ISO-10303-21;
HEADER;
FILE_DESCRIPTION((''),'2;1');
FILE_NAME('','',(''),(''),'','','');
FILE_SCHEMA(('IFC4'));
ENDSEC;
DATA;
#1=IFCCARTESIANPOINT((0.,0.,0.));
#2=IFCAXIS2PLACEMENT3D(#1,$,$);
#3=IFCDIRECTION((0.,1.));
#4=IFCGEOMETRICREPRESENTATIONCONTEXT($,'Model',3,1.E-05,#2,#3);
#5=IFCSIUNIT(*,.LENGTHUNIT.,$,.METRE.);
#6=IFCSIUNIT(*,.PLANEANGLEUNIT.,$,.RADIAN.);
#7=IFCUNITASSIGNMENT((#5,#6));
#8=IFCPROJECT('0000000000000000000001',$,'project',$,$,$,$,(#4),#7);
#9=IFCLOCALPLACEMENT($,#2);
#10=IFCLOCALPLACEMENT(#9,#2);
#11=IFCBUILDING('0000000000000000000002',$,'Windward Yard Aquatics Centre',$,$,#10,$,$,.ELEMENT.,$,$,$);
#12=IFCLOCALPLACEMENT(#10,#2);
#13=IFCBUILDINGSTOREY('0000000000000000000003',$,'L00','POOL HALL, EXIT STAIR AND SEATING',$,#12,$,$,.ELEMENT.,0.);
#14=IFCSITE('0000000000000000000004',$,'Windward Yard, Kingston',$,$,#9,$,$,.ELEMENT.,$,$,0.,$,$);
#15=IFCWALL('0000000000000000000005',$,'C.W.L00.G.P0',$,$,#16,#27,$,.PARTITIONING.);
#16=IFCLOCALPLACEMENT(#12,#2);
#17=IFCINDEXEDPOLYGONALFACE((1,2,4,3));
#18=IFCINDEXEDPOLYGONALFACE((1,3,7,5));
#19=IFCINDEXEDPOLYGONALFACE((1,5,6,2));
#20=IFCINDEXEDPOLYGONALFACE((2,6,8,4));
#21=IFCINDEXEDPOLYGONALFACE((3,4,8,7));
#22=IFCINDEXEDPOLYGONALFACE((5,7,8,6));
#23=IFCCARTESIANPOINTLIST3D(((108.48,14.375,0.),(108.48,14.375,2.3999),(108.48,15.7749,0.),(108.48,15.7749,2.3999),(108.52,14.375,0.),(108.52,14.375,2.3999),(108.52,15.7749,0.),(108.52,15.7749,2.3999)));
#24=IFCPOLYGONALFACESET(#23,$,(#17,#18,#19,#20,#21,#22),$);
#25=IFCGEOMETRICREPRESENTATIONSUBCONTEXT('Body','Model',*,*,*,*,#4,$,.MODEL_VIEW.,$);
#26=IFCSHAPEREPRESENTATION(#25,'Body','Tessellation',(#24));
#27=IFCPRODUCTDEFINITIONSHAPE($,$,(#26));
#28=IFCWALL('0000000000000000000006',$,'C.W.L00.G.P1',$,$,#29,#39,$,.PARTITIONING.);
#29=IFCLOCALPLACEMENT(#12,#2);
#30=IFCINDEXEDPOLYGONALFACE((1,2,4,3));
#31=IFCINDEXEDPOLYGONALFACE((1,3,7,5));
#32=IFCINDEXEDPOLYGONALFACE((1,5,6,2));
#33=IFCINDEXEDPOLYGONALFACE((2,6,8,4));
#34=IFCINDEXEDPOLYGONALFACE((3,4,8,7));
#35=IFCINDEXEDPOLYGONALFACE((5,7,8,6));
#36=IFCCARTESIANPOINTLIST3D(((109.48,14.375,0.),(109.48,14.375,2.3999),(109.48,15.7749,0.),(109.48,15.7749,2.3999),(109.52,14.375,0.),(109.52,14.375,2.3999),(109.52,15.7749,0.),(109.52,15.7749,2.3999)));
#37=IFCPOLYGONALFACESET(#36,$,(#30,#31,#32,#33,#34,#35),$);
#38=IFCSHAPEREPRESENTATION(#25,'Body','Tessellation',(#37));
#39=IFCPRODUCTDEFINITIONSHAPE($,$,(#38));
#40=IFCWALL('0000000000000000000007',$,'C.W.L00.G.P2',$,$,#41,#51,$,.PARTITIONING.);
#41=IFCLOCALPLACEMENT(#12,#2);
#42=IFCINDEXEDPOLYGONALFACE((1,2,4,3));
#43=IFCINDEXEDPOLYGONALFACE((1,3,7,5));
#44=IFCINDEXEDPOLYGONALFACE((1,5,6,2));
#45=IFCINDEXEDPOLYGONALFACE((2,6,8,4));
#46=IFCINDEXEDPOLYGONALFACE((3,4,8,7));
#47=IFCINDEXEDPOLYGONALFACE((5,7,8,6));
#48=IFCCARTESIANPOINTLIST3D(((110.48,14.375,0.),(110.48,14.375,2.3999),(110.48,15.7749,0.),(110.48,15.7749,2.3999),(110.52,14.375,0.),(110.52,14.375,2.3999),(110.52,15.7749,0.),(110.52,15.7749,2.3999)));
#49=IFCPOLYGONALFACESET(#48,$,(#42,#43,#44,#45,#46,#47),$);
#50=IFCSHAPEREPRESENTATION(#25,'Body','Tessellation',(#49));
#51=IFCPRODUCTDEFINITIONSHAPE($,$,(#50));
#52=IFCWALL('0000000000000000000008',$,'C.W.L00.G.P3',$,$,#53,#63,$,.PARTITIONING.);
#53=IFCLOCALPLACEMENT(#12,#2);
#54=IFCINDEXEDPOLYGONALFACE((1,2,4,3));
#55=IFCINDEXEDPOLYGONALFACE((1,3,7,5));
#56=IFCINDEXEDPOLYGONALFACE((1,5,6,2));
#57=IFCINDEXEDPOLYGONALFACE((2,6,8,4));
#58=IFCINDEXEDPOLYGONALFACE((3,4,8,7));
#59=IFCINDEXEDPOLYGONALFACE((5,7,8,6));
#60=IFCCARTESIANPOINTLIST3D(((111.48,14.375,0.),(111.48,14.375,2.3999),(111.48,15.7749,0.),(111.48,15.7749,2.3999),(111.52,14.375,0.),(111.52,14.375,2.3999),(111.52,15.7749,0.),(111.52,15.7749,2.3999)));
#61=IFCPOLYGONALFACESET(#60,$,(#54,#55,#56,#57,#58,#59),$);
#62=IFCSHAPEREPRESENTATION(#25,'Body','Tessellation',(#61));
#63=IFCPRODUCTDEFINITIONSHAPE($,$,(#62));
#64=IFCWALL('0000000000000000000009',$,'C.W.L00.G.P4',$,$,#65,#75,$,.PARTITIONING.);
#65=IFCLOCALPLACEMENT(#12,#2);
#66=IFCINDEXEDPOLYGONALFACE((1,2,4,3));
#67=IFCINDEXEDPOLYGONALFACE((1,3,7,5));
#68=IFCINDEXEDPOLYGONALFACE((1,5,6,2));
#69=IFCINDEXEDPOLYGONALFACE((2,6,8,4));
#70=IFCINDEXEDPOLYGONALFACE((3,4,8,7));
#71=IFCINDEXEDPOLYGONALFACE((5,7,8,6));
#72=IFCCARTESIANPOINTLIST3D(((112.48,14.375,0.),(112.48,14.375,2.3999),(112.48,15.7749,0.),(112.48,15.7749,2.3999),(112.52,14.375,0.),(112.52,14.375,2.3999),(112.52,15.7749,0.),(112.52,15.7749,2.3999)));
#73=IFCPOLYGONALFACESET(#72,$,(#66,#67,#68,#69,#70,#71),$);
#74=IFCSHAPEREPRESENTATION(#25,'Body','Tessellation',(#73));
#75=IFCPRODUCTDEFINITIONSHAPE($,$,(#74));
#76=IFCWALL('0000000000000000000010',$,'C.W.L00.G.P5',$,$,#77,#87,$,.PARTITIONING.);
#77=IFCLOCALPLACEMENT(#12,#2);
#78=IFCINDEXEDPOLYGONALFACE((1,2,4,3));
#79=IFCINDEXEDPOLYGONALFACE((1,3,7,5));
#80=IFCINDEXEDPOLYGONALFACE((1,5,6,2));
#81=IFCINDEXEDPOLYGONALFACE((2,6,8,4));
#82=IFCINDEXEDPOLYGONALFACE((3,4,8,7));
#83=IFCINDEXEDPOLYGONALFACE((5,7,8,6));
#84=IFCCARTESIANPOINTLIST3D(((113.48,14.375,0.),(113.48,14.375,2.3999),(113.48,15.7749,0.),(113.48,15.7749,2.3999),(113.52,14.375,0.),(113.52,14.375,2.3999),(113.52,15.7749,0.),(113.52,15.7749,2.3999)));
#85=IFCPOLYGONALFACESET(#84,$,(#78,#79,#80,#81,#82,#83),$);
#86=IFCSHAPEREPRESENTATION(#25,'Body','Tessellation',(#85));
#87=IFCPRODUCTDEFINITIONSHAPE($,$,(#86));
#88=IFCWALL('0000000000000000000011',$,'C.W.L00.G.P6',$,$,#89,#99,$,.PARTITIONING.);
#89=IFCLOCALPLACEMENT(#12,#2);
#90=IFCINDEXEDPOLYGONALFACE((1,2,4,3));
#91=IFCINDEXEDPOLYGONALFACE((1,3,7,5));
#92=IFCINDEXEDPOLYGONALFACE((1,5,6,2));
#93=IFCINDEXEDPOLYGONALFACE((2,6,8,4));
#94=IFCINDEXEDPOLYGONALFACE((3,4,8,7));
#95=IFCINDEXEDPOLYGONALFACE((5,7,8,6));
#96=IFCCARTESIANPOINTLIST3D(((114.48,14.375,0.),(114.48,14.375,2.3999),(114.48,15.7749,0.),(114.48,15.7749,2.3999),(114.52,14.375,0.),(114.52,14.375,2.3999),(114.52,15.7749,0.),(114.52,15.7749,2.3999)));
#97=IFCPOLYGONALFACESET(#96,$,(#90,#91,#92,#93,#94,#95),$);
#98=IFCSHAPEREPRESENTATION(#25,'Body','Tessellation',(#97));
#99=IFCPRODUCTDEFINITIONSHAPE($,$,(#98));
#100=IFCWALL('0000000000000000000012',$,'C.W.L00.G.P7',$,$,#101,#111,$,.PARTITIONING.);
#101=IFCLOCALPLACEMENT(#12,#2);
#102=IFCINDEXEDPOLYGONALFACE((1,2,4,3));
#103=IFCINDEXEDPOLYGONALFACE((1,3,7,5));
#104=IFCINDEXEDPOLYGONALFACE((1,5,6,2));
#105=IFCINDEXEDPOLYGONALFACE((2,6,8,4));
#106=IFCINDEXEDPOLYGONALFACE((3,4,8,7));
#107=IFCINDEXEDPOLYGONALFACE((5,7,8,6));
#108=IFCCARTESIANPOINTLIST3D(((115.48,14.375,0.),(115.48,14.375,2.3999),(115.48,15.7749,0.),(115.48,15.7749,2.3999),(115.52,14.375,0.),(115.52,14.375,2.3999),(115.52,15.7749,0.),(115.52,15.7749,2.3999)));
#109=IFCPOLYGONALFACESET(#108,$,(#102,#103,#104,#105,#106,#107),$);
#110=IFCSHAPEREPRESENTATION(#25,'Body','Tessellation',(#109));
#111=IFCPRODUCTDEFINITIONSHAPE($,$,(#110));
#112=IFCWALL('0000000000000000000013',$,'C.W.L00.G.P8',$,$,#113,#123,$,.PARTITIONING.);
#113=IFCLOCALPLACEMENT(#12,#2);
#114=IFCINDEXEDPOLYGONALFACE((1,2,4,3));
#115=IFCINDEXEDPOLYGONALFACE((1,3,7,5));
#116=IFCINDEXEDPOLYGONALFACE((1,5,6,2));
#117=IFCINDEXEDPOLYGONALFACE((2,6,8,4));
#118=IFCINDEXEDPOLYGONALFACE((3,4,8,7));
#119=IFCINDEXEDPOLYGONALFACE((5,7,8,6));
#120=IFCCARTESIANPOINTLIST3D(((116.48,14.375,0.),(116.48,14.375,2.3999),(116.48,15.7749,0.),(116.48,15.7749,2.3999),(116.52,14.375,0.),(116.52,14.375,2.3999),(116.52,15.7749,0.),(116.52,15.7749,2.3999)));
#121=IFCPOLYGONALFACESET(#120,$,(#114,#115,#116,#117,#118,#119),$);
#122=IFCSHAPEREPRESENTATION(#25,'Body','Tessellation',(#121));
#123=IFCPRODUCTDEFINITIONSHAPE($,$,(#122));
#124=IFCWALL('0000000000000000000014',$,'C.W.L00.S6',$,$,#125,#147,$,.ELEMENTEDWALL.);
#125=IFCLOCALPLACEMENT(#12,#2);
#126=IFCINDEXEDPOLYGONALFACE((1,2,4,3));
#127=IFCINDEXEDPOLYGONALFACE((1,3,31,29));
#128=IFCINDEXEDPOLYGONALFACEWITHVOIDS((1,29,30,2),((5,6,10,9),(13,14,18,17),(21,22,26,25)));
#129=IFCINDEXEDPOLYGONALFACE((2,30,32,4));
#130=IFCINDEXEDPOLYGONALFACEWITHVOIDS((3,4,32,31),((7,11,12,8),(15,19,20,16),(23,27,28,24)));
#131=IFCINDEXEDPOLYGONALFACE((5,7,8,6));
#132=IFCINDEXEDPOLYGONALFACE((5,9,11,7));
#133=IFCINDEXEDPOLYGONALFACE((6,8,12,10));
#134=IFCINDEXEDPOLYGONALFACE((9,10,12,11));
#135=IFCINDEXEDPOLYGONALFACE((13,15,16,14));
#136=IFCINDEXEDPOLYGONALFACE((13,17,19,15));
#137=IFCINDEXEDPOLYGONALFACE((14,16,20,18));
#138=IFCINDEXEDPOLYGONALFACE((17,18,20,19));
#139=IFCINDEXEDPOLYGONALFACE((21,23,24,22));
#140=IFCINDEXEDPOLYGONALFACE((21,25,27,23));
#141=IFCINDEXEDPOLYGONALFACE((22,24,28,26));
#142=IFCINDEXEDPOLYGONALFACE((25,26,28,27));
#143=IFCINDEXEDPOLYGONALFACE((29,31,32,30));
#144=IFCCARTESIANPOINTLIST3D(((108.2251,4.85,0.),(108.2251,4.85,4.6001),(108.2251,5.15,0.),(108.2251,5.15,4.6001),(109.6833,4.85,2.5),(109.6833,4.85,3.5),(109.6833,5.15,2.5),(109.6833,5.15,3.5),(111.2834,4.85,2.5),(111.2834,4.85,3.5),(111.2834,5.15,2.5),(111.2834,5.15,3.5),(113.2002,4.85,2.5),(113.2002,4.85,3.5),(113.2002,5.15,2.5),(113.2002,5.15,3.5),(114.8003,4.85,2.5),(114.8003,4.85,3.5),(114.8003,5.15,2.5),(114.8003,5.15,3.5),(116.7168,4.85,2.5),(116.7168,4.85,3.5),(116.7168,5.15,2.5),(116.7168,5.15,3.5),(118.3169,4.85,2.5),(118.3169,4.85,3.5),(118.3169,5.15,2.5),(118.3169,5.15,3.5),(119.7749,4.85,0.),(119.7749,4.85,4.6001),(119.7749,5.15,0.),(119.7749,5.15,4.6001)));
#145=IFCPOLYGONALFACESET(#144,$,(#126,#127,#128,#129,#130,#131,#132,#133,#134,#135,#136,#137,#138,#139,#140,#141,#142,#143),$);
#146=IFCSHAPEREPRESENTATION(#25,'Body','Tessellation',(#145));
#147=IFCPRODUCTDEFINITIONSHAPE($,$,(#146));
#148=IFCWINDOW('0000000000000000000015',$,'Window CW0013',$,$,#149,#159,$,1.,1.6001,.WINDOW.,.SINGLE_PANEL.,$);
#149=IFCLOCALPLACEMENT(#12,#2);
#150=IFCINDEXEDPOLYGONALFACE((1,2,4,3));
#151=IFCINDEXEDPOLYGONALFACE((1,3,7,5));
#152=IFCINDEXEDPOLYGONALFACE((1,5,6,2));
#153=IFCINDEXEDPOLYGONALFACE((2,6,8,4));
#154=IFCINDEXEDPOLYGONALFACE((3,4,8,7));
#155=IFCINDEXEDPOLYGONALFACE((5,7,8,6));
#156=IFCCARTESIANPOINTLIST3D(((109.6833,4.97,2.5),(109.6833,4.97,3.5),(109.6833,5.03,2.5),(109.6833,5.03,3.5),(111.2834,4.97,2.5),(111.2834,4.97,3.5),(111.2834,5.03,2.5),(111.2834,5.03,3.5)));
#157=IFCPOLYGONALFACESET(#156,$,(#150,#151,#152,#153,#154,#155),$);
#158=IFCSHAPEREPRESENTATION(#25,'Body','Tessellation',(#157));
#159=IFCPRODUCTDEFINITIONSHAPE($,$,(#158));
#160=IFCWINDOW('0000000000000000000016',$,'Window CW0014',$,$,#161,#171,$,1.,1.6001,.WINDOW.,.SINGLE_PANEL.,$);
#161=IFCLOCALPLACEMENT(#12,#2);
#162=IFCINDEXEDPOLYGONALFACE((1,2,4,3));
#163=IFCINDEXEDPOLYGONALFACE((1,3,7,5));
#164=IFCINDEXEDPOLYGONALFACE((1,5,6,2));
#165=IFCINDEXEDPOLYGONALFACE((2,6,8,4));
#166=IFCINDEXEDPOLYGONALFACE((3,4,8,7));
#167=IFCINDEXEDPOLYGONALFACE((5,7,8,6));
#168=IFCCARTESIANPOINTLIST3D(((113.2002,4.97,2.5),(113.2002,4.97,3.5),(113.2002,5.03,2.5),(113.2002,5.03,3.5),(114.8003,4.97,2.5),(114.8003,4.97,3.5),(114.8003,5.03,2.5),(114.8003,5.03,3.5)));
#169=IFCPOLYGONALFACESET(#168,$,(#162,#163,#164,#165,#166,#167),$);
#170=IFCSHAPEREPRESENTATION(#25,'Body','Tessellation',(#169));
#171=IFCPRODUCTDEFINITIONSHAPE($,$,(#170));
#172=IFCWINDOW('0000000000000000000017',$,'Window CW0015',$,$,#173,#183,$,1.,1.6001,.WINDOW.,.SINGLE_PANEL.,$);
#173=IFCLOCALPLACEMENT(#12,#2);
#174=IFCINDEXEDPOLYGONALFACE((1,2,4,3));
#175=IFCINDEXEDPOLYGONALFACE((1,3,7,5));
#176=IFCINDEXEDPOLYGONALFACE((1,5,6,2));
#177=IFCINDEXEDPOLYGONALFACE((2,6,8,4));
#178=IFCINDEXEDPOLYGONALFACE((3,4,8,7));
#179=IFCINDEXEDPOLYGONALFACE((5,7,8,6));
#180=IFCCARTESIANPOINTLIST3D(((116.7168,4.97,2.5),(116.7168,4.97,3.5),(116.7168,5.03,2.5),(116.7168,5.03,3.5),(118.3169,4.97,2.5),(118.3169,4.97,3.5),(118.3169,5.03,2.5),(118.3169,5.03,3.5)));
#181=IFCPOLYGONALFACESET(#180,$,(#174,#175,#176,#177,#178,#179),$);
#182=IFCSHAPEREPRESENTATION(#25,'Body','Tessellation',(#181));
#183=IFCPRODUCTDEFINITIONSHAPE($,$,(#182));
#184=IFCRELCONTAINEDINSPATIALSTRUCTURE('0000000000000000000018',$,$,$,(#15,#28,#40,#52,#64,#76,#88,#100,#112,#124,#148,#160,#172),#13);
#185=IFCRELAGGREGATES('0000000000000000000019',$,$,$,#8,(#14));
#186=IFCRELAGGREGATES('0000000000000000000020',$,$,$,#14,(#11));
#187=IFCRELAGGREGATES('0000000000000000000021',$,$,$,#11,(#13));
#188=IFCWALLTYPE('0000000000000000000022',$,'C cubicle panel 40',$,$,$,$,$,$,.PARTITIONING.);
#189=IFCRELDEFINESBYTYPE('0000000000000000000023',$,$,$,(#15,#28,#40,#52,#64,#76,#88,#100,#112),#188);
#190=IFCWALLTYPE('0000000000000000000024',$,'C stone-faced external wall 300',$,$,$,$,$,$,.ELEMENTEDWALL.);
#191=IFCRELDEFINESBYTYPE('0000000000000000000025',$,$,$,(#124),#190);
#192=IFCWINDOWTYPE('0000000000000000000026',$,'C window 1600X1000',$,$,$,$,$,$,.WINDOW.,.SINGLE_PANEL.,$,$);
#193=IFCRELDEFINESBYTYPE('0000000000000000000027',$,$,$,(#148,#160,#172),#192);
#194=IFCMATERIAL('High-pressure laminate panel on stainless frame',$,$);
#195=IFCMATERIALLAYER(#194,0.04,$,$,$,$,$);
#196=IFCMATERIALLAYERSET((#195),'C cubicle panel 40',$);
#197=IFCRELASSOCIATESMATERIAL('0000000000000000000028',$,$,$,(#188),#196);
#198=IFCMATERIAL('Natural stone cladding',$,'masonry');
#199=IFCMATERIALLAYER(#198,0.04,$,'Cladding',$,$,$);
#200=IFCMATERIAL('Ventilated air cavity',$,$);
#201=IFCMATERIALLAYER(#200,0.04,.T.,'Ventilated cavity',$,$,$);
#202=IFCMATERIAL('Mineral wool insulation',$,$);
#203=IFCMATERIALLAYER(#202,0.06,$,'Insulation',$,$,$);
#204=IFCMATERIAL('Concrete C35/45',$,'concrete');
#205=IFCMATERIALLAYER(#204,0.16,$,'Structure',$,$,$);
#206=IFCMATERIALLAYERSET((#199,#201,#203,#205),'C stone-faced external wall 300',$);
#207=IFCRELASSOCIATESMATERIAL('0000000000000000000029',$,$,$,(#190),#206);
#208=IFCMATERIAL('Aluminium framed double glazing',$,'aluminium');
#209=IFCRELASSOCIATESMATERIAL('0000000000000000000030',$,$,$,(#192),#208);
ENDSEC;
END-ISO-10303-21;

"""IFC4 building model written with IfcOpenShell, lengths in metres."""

from ifc_helpers import new_model, si_unit, direction, frame, frame_2d, origin, place, context, subcontext, project, spatial, rectangle, extrude, material, layer, layer_set, type_object, element, fill, save


model = new_model("IFC4")

# Units and contexts
model_context = context("Model", 3, precision=1e-05, world=origin(), true_north=direction((0.0, 1.0)))
body_context = subcontext(model_context, "Body", "Model", "MODEL_VIEW")
ifc_project = project(units=[si_unit("LENGTHUNIT", "METRE"), si_unit("PLANEANGLEUNIT", "RADIAN")], contexts=[model_context])

# Site, building, storey
site_placement = place(None, origin())
site = spatial("IfcSite", under=ifc_project, at=site_placement, Name="Windward Yard, Kingston", CompositionType="ELEMENT", RefElevation=0.0)
building_placement = place(site_placement, origin())
building = spatial("IfcBuilding", under=site, at=building_placement, Name="Windward Yard Aquatics Centre", CompositionType="ELEMENT")
storey_placement = place(building_placement, origin())
storey = spatial("IfcBuildingStorey", under=building, at=storey_placement, Name="L00", Description="POOL HALL, EXIT STAIR AND SEATING", CompositionType="ELEMENT", Elevation=0.0)

# Shared definitions
ifc_material_1 = material(Name="Concrete C35/45", Category="concrete")

# Shared definitions
ifc_material_2 = material(Name="High-pressure laminate panel on stainless frame")
ifc_layer_1 = layer(ifc_material_2, 0.04)
ifc_layer_set_1 = layer_set([ifc_layer_1], Name="C cubicle panel 40")
wall_type_1 = type_object("IfcWallType", Name="C cubicle panel 40", PredefinedType="PARTITIONING", material=ifc_layer_set_1)

# Walls
for number, where, z_axis, x_axis, name in (
    (1, (108.5, 14.375, 0.0), (0.0, 0.0, 1.0), (0.0, 1.0, 0.0), "C.W.L00.G.P0"),
    (2, (109.5, 14.375, 0.0), (0.0, 0.0, 1.0), (0.0, 1.0, 0.0), "C.W.L00.G.P1"),
    (3, (110.5, 14.375, 0.0), (0.0, 0.0, 1.0), (0.0, 1.0, 0.0), "C.W.L00.G.P2"),
    (4, (111.5, 14.375, 0.0), (0.0, 0.0, 1.0), (0.0, 1.0, 0.0), "C.W.L00.G.P3"),
    (5, (112.5, 14.375, 0.0), (0.0, 0.0, 1.0), (0.0, 1.0, 0.0), "C.W.L00.G.P4"),
    (6, (113.5, 14.375, 0.0), (0.0, 0.0, 1.0), (0.0, 1.0, 0.0), "C.W.L00.G.P5"),
    (7, (114.5, 14.375, 0.0), (0.0, 0.0, 1.0), (0.0, 1.0, 0.0), "C.W.L00.G.P6"),
    (8, (115.5, 14.375, 0.0), (0.0, 0.0, 1.0), (0.0, 1.0, 0.0), "C.W.L00.G.P7"),
    (9, (116.5, 14.375, 0.0), (0.0, 0.0, 1.0), (0.0, 1.0, 0.0), "C.W.L00.G.P8"),
):
    element("IfcWall", number, at=place(storey_placement, frame(where, z_axis=z_axis, x_axis=x_axis)), inside=storey, type_object=wall_type_1, Name=name, PredefinedType="PARTITIONING", context=body_context, shape_type="SweptSolid", body=[
        extrude(rectangle(XDim=1.3999, YDim=0.04, at=frame_2d((0.7, 0.0))), origin(), (0.0, 0.0, 1.0), 2.3999),
    ])

# Wall, openings, windows
ifc_material_3 = material(Name="Natural stone cladding", Category="masonry")
ifc_layer_2 = layer(ifc_material_3, 0.04, Name="Cladding")
ifc_material_4 = material(Name="Ventilated air cavity")
ifc_layer_3 = layer(ifc_material_4, 0.04, ventilated=True, Name="Ventilated cavity")
ifc_material_5 = material(Name="Mineral wool insulation")
ifc_layer_4 = layer(ifc_material_5, 0.06, Name="Insulation")
ifc_layer_5 = layer(ifc_material_1, 0.16, Name="Structure")
ifc_layer_set_2 = layer_set([ifc_layer_2, ifc_layer_3, ifc_layer_4, ifc_layer_5], Name="C stone-faced external wall 300")
wall_type_2 = type_object("IfcWallType", Name="C stone-faced external wall 300", PredefinedType="ELEMENTEDWALL", material=ifc_layer_set_2)
wall_1_placement = place(storey_placement, frame((108.2251, 5.0, 0.0), z_axis=(0.0, 0.0, 1.0), x_axis=(1.0, 0.0, 0.0)))
wall_1 = element("IfcWall", 10, at=wall_1_placement, inside=storey, type_object=wall_type_2, Name="C.W.L00.S6", PredefinedType="ELEMENTEDWALL", context=body_context, shape_type="SweptSolid", body=[
    extrude(rectangle(XDim=11.5498, YDim=0.3, at=frame_2d((5.7749, 0.0))), origin(), (0.0, 0.0, 1.0), 4.6001),
])
opening_1_placement = place(wall_1_placement, frame((1.4583, 0.0, 2.5)))
opening_1 = element("IfcOpeningElement", 11, at=opening_1_placement, cuts=wall_1, PredefinedType="OPENING", context=body_context, shape_type="SweptSolid", body=[
    extrude(rectangle(XDim=1.6001, YDim=1.0, at=frame_2d((0.8, 0.5))), frame((0.0, 0.1602, 0.0), z_axis=(0.0, -1.0, 0.0), x_axis=(1.0, 0.0, 0.0)), (0.0, 0.0, 1.0), 0.3201),
])
opening_2_placement = place(wall_1_placement, frame((4.9751, 0.0, 2.5)))
opening_2 = element("IfcOpeningElement", 12, at=opening_2_placement, cuts=wall_1, PredefinedType="OPENING", context=body_context, shape_type="SweptSolid", body=[
    extrude(rectangle(XDim=1.6001, YDim=1.0, at=frame_2d((0.8, 0.5))), frame((0.0, 0.1602, 0.0), z_axis=(0.0, -1.0, 0.0), x_axis=(1.0, 0.0, 0.0)), (0.0, 0.0, 1.0), 0.3201),
])
opening_3_placement = place(wall_1_placement, frame((8.4917, 0.0, 2.5)))
opening_3 = element("IfcOpeningElement", 13, at=opening_3_placement, cuts=wall_1, PredefinedType="OPENING", context=body_context, shape_type="SweptSolid", body=[
    extrude(rectangle(XDim=1.6001, YDim=1.0, at=frame_2d((0.8, 0.5))), frame((0.0, 0.1602, 0.0), z_axis=(0.0, -1.0, 0.0), x_axis=(1.0, 0.0, 0.0)), (0.0, 0.0, 1.0), 0.3201),
])
ifc_material_6 = material(Name="Aluminium framed double glazing", Category="aluminium")
window_type = type_object("IfcWindowType", Name="C window 1600X1000", PartitioningType="SINGLE_PANEL", PredefinedType="WINDOW", material=ifc_material_6)
window_1_placement = place(opening_1_placement, origin())
window_1 = element("IfcWindow", 14, at=window_1_placement, inside=storey, type_object=window_type, Name="Window CW0013", OverallHeight=1.0, OverallWidth=1.6001, PartitioningType="SINGLE_PANEL", PredefinedType="WINDOW", context=body_context, shape_type="SweptSolid", body=[
    extrude(rectangle(XDim=1.6001, YDim=1.0, at=frame_2d((0.8, 0.5))), frame((0.0, 0.03, 0.0), z_axis=(0.0, -1.0, 0.0), x_axis=(1.0, 0.0, 0.0)), (0.0, 0.0, 1.0), 0.0601),
])
fill(opening_1, window_1)
window_2_placement = place(opening_2_placement, origin())
window_2 = element("IfcWindow", 15, at=window_2_placement, inside=storey, type_object=window_type, Name="Window CW0014", OverallHeight=1.0, OverallWidth=1.6001, PartitioningType="SINGLE_PANEL", PredefinedType="WINDOW", context=body_context, shape_type="SweptSolid", body=[
    extrude(rectangle(XDim=1.6001, YDim=1.0, at=frame_2d((0.8, 0.5))), frame((0.0, 0.03, 0.0), z_axis=(0.0, -1.0, 0.0), x_axis=(1.0, 0.0, 0.0)), (0.0, 0.0, 1.0), 0.0601),
])
fill(opening_2, window_2)
window_3_placement = place(opening_3_placement, origin())
window_3 = element("IfcWindow", 16, at=window_3_placement, inside=storey, type_object=window_type, Name="Window CW0015", OverallHeight=1.0, OverallWidth=1.6001, PartitioningType="SINGLE_PANEL", PredefinedType="WINDOW", context=body_context, shape_type="SweptSolid", body=[
    extrude(rectangle(XDim=1.6001, YDim=1.0, at=frame_2d((0.8, 0.5))), frame((0.0, 0.03, 0.0), z_axis=(0.0, -1.0, 0.0), x_axis=(1.0, 0.0, 0.0)), (0.0, 0.0, 1.0), 0.0601),
])
fill(opening_3, window_3)

save(model, "model.ifc")
